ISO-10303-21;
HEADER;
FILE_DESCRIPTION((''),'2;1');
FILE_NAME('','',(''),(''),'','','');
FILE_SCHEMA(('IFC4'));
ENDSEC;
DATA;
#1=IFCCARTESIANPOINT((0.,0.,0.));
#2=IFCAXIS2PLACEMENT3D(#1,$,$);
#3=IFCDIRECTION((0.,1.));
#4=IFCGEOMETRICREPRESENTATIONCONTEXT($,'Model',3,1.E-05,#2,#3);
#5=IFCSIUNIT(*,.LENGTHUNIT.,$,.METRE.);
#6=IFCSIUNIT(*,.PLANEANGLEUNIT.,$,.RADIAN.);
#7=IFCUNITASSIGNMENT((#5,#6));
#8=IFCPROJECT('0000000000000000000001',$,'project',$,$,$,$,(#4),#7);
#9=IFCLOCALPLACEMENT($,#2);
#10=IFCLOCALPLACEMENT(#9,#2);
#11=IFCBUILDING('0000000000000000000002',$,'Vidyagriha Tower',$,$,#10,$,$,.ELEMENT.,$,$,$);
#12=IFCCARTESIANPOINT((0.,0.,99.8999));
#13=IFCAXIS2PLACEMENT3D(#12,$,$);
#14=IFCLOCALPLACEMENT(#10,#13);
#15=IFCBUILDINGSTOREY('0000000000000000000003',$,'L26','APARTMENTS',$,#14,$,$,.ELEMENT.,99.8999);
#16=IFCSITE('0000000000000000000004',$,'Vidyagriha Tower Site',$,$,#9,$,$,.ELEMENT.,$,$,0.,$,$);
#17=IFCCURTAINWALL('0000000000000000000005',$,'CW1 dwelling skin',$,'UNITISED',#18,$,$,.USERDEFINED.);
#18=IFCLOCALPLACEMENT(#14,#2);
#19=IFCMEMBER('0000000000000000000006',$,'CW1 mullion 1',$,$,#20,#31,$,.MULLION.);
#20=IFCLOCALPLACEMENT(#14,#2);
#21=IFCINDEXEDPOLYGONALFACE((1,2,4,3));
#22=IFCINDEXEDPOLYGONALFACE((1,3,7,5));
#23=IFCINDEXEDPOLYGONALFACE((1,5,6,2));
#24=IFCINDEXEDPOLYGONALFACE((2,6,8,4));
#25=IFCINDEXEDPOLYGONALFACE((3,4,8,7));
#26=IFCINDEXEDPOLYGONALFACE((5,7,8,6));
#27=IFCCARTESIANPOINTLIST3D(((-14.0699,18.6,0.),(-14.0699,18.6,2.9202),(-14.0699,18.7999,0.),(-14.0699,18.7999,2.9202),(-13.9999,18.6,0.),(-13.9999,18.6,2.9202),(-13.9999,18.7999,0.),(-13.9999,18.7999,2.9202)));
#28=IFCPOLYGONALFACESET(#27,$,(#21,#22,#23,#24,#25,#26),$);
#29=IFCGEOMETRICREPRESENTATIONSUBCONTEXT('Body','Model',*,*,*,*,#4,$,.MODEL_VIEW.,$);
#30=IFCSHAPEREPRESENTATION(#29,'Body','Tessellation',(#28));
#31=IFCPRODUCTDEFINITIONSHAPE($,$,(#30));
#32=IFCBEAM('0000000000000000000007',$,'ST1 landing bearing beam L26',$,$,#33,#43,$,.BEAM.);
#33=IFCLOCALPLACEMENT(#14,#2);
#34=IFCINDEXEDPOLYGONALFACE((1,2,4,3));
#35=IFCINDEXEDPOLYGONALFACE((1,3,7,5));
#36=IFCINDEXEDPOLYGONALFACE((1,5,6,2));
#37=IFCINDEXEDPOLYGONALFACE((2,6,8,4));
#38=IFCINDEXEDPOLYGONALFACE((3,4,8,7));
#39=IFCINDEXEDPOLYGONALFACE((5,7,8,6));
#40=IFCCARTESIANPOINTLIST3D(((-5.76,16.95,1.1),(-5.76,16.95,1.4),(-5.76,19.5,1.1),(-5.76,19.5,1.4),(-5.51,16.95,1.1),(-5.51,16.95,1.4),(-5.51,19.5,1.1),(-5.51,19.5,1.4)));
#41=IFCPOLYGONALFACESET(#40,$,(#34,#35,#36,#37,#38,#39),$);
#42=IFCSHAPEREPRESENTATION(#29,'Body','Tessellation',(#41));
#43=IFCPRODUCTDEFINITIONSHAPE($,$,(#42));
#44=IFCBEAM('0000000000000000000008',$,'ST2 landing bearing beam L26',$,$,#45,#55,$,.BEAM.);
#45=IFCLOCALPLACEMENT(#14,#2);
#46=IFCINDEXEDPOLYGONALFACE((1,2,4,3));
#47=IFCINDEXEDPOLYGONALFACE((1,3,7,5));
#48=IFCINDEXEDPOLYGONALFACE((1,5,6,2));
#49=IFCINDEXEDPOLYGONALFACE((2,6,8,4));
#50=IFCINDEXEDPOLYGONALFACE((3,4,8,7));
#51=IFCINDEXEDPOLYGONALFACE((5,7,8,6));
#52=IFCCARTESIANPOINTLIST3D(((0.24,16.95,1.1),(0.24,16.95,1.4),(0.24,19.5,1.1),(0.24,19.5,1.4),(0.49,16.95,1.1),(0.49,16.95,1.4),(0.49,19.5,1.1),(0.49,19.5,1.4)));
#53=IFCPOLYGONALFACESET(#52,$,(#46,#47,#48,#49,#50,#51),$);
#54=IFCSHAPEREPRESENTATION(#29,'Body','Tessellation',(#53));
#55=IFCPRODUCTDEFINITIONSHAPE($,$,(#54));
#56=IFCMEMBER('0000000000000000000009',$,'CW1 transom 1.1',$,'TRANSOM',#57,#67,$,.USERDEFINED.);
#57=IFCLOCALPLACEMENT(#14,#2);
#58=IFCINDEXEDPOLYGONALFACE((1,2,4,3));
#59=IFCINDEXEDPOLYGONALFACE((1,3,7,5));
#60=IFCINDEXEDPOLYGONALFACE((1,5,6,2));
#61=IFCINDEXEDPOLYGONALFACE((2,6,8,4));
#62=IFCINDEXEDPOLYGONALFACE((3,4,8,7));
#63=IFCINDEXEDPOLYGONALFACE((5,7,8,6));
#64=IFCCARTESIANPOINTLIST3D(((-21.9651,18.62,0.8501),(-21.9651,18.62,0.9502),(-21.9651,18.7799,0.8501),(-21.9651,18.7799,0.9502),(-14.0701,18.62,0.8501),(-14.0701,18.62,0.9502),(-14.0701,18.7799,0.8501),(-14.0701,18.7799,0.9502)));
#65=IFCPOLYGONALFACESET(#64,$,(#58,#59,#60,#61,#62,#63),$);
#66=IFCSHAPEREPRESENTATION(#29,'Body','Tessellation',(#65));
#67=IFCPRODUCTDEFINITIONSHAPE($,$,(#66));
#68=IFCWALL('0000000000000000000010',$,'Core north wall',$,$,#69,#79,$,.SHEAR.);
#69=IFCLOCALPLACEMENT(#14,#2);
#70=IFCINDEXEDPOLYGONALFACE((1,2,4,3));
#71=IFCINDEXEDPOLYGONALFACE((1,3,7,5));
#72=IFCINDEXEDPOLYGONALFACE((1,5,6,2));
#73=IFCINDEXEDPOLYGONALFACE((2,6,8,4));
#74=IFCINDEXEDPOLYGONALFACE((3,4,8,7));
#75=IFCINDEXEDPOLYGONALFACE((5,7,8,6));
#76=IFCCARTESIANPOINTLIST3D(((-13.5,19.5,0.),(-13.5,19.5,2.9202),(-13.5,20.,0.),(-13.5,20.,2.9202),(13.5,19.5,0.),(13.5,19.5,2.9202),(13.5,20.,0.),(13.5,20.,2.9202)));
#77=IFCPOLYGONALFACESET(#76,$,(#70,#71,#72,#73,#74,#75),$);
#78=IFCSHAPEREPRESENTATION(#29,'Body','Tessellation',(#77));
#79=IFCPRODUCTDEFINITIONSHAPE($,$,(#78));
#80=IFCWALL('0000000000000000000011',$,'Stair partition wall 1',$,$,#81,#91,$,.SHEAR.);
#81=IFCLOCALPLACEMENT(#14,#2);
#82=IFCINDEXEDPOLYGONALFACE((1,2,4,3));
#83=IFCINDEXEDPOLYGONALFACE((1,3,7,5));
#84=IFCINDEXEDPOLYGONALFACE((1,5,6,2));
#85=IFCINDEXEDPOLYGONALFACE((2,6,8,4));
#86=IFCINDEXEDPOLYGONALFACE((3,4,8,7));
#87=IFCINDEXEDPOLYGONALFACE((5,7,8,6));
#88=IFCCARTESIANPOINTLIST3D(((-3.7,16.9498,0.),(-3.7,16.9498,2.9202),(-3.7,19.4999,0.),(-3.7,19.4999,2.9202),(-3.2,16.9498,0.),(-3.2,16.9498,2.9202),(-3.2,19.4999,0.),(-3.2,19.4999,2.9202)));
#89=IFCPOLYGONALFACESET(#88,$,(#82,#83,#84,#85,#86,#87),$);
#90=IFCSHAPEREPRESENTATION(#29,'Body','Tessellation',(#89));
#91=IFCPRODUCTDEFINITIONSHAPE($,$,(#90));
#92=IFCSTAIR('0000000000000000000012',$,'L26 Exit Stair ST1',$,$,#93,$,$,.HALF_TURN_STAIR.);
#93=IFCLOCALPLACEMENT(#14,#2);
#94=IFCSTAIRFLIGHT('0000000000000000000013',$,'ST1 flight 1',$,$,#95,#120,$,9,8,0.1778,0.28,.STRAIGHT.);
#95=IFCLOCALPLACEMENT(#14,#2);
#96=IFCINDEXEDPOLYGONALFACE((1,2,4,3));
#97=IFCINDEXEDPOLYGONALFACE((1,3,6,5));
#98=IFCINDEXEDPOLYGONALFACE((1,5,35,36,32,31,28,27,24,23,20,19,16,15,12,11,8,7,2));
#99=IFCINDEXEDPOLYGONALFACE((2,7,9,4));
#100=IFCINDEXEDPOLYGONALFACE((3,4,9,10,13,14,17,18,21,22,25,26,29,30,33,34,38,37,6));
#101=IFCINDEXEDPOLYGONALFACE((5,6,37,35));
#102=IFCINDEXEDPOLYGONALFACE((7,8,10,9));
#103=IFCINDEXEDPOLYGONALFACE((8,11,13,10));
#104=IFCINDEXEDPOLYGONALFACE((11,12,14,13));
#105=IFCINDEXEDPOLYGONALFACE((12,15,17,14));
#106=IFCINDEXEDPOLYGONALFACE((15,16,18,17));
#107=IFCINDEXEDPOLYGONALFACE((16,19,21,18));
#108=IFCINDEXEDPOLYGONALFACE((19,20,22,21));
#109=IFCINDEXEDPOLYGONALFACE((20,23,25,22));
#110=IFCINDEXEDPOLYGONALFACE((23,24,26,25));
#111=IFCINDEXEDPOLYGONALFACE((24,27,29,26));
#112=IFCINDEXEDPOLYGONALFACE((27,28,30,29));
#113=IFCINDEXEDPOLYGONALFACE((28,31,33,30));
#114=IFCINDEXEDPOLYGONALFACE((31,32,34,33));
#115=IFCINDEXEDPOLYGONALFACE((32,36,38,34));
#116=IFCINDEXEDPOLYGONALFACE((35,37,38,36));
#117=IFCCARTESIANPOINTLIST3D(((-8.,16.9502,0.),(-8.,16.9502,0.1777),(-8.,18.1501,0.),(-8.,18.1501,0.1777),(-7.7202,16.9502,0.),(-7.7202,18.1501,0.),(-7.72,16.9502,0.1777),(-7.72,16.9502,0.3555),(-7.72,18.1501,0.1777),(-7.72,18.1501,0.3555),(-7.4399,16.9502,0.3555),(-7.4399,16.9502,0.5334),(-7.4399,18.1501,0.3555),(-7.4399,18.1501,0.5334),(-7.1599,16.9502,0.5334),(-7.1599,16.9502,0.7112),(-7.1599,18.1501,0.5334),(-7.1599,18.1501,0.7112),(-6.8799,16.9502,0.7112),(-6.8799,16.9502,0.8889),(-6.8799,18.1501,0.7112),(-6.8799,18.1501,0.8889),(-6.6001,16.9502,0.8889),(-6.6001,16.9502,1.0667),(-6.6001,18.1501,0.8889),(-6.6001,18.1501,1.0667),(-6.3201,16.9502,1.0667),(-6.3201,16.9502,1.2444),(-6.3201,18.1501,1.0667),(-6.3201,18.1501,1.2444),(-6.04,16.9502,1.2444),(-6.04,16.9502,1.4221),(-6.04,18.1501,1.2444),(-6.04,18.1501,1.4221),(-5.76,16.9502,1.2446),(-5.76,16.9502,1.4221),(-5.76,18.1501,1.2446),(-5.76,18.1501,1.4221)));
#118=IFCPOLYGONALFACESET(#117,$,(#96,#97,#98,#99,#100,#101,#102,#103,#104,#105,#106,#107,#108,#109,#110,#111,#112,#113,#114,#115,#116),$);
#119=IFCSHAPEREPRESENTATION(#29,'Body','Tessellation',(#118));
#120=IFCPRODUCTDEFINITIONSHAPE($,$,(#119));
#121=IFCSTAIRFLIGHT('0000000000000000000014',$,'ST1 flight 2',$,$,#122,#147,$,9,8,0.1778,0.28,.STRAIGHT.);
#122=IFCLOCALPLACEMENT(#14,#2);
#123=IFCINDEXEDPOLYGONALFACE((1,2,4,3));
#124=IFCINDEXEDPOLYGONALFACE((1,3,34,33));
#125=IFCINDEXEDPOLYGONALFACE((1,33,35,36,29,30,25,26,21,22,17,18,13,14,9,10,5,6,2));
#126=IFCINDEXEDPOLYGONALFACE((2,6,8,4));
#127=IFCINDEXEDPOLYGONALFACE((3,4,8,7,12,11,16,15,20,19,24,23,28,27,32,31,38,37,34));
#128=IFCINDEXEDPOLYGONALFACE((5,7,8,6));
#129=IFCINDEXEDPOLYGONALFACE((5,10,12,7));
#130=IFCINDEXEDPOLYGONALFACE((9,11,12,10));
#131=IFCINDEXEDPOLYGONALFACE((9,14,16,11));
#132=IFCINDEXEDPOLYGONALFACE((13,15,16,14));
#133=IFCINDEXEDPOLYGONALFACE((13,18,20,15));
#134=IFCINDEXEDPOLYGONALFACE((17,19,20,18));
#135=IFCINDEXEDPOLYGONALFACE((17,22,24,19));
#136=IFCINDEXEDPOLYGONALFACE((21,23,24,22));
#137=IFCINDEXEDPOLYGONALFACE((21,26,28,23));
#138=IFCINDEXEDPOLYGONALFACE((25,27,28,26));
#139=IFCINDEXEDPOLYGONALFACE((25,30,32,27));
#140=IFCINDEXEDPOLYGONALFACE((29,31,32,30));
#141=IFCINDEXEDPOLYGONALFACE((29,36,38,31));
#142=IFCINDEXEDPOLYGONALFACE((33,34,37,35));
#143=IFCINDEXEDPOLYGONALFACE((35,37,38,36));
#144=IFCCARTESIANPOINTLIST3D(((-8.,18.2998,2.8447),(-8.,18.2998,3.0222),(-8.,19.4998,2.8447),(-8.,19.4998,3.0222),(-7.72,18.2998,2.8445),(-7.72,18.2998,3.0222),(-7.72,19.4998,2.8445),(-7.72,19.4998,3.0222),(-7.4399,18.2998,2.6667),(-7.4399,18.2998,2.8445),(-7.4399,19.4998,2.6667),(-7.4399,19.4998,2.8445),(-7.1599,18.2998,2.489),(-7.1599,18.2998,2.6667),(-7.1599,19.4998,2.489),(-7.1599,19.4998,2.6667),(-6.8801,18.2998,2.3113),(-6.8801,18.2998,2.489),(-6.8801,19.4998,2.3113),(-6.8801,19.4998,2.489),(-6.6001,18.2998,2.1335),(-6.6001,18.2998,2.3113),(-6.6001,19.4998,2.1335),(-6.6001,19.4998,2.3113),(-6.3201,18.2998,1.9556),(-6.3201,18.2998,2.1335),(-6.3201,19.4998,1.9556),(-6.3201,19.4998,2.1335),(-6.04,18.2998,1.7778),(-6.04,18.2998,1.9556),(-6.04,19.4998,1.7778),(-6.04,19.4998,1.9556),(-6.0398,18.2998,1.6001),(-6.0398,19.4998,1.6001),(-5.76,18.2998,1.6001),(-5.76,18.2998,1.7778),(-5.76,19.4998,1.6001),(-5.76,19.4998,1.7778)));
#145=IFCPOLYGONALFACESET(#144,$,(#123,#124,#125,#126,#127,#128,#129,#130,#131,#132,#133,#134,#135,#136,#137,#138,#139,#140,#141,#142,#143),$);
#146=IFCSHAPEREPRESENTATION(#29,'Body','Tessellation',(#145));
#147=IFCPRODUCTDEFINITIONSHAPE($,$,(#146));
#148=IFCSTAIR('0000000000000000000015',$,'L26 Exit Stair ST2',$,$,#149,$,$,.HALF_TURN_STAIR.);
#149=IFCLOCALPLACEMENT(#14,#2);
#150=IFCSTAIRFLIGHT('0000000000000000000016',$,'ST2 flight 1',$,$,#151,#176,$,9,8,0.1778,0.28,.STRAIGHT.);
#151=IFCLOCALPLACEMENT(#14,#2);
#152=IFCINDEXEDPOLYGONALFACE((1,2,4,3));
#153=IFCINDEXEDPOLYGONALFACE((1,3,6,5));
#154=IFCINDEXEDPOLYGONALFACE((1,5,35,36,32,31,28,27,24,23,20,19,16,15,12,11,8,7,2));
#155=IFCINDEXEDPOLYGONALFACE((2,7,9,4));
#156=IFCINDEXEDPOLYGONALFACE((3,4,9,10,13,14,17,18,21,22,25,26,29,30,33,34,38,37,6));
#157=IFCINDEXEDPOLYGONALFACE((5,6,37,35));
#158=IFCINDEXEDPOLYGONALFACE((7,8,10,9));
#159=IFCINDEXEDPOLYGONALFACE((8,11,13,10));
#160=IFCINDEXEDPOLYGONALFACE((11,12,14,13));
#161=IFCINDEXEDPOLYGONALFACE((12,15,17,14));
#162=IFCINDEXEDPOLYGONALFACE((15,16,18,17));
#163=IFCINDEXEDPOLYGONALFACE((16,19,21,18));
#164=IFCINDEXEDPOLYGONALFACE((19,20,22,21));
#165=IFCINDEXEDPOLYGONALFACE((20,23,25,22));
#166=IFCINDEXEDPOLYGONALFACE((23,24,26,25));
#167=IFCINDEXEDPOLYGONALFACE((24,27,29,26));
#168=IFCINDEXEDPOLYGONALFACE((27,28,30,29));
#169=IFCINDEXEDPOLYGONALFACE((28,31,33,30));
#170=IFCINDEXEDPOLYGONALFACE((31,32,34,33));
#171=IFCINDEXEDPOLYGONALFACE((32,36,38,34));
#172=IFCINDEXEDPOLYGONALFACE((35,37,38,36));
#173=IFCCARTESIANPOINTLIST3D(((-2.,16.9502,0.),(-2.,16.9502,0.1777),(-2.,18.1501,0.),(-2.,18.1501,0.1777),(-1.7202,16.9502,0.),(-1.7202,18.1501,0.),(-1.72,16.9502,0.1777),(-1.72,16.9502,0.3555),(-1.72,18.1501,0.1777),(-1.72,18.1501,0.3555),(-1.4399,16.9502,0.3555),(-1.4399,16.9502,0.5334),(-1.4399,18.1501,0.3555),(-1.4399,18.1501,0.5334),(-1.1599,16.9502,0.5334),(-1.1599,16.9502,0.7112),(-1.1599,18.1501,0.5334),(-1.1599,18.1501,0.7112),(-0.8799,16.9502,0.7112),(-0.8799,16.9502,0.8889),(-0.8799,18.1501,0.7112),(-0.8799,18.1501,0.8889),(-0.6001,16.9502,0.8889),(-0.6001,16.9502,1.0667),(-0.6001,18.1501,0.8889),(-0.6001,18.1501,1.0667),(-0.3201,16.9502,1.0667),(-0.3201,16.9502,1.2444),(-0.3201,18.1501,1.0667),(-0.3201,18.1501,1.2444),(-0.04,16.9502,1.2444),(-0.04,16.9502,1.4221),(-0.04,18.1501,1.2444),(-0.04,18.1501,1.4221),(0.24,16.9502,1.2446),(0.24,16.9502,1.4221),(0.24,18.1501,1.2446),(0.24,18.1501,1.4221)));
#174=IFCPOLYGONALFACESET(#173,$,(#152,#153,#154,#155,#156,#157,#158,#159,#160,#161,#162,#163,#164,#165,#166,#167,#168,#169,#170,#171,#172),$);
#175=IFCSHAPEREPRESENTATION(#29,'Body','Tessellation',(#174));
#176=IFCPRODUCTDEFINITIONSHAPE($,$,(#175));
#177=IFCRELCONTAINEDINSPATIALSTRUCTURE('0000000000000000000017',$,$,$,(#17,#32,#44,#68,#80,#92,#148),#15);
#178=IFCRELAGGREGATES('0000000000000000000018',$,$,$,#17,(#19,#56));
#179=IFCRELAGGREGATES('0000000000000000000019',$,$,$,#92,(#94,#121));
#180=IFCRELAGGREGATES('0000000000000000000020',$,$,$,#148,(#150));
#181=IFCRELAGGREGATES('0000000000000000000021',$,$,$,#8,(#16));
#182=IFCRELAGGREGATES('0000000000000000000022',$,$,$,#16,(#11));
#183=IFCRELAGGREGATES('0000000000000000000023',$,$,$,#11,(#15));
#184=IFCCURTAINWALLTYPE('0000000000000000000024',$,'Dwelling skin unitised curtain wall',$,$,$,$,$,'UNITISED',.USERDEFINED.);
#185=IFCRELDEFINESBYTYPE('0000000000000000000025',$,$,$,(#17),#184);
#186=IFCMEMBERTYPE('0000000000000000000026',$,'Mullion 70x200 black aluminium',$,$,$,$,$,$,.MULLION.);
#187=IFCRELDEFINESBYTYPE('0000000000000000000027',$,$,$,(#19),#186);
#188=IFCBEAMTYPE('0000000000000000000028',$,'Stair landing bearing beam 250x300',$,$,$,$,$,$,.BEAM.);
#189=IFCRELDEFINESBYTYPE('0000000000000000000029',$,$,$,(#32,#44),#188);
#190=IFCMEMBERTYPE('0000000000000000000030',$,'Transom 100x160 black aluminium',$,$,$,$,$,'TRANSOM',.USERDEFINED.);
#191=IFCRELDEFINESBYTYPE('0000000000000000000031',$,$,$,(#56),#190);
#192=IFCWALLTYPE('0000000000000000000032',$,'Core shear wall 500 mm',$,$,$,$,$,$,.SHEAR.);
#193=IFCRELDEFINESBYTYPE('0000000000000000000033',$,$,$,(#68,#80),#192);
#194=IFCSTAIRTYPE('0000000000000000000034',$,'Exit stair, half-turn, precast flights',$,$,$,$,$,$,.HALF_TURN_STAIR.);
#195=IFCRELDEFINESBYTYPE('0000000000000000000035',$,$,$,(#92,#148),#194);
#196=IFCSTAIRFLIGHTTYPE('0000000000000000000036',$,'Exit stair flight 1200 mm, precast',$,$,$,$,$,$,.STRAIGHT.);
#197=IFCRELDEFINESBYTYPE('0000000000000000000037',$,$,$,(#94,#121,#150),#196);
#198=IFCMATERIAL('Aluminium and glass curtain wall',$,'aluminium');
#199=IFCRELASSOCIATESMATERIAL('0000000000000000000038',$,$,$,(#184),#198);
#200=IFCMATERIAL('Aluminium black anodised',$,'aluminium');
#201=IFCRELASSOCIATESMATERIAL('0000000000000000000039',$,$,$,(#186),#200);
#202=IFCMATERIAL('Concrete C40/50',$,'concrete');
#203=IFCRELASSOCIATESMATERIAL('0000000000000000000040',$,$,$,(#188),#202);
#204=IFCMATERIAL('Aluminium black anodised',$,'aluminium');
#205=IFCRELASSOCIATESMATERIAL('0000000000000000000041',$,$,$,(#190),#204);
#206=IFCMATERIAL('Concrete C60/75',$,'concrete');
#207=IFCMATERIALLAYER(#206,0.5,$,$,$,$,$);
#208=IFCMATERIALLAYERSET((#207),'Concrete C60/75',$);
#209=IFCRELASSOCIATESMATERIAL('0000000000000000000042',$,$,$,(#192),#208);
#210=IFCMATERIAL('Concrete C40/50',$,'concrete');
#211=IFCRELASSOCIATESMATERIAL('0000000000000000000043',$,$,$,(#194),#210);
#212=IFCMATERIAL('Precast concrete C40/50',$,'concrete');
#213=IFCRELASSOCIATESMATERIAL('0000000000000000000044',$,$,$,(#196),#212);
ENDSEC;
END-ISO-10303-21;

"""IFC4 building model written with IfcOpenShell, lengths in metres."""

from ifc_helpers import new_model, si_unit, direction, frame, frame_2d, origin, origin_2d, place, context, subcontext, project, spatial, polyline, rectangle, outline, extrude, material, layer, layer_set, material_profile, profile_set, type_object, element, aggregate, save


model = new_model("IFC4")

# Units and contexts
model_context = context("Model", 3, precision=1e-05, world=origin(), true_north=direction((0.0, 1.0)))
body_context = subcontext(model_context, "Body", "Model", "MODEL_VIEW")
ifc_project = project(units=[si_unit("LENGTHUNIT", "METRE"), si_unit("PLANEANGLEUNIT", "RADIAN")], contexts=[model_context])

# Site, building, storey
site_placement = place(None, origin())
site = spatial("IfcSite", under=ifc_project, at=site_placement, Name="Vidyagriha Tower Site", CompositionType="ELEMENT", RefElevation=0.0)
building_placement = place(site_placement, origin())
building = spatial("IfcBuilding", under=site, at=building_placement, Name="Vidyagriha Tower", CompositionType="ELEMENT")
storey_placement = place(building_placement, frame((0.0, 0.0, 99.8999)))
storey = spatial("IfcBuildingStorey", under=building, at=storey_placement, Name="L26", Description="APARTMENTS", CompositionType="ELEMENT", Elevation=99.8999)

# Curtain wall, member
ifc_material_1 = material(Name="Aluminium and glass curtain wall", Category="aluminium")
curtain_wall_type = type_object("IfcCurtainWallType", Name="Dwelling skin unitised curtain wall", ElementType="UNITISED", PredefinedType="USERDEFINED", material=ifc_material_1)
curtain_wall_placement = place(storey_placement, origin())
curtain_wall = element("IfcCurtainWall", 1, at=curtain_wall_placement, inside=storey, type_object=curtain_wall_type, Name="CW1 dwelling skin", ObjectType="UNITISED", PredefinedType="USERDEFINED")
ifc_material_2 = material(Name="Aluminium black anodised", Category="aluminium")
ifc_material_profile_1 = material_profile(ifc_material_2, rectangle(XDim=0.2, YDim=0.0701, at=origin_2d()), Name="Mullion 70x200 black aluminium")
ifc_profile_set_1 = profile_set([ifc_material_profile_1], Name="Aluminium black anodised")
member_type_1 = type_object("IfcMemberType", Name="Mullion 70x200 black aluminium", PredefinedType="MULLION", material=ifc_profile_set_1)
member_1_placement = place(storey_placement, frame((-14.0349, 18.7, 0.0), z_axis=(0.0, 0.0, 1.0), x_axis=(0.0, -1.0, 0.0)))
member_1 = element("IfcMember", 2, at=member_1_placement, type_object=member_type_1, Name="CW1 mullion 1", PredefinedType="MULLION", context=body_context, shape_type="SweptSolid", body=[
    extrude(rectangle(XDim=0.2, YDim=0.0701, at=origin_2d()), origin(), (0.0, 0.0, 1.0), 2.9202),
])

# Beams
ifc_material_3 = material(Name="Concrete C40/50", Category="concrete")
ifc_material_profile_2 = material_profile(ifc_material_3, rectangle(XDim=0.25, YDim=0.3, at=origin_2d()), Name="Stair landing bearing beam 250x300")
ifc_profile_set_2 = profile_set([ifc_material_profile_2], Name="Concrete C40/50")
beam_type = type_object("IfcBeamType", Name="Stair landing bearing beam 250x300", PredefinedType="BEAM", material=ifc_profile_set_2)
for number, where, z_axis, x_axis, name in (
    (3, (-5.635, 16.95, 1.25), (0.0, 1.0, 0.0), (-1.0, 0.0, 0.0), "ST1 landing bearing beam L26"),
    (4, (0.365, 16.95, 1.25), (0.0, 1.0, 0.0), (-1.0, 0.0, 0.0), "ST2 landing bearing beam L26"),
):
    element("IfcBeam", number, at=place(storey_placement, frame(where, z_axis=z_axis, x_axis=x_axis)), inside=storey, type_object=beam_type, Name=name, PredefinedType="BEAM", context=body_context, shape_type="SweptSolid", body=[
        extrude(rectangle(XDim=0.25, YDim=0.3, at=origin_2d()), origin(), (0.0, 0.0, 1.0), 2.55),
    ])

# Member
ifc_material_4 = material(Name="Aluminium black anodised", Category="aluminium")
ifc_material_profile_3 = material_profile(ifc_material_4, rectangle(XDim=0.1599, YDim=0.1001, at=origin_2d()), Name="Transom 100x160 black aluminium")
ifc_profile_set_3 = profile_set([ifc_material_profile_3], Name="Aluminium black anodised")
member_type_2 = type_object("IfcMemberType", Name="Transom 100x160 black aluminium", ElementType="TRANSOM", PredefinedType="USERDEFINED", material=ifc_profile_set_3)
member_2_placement = place(storey_placement, frame((-14.0701, 18.7, 0.9001), z_axis=(-1.0, 0.0, 0.0), x_axis=(0.0, -1.0, 0.0)))
member_2 = element("IfcMember", 5, at=member_2_placement, type_object=member_type_2, Name="CW1 transom 1.1", ObjectType="TRANSOM", PredefinedType="USERDEFINED", context=body_context, shape_type="SweptSolid", body=[
    extrude(rectangle(XDim=0.1599, YDim=0.1001, at=origin_2d()), origin(), (0.0, 0.0, 1.0), 7.895),
])
aggregate(curtain_wall, [member_1, member_2])

# Walls
ifc_material_5 = material(Name="Concrete C60/75", Category="concrete")
ifc_layer_1 = layer(ifc_material_5, 0.5)
ifc_layer_set_1 = layer_set([ifc_layer_1], Name="Concrete C60/75")
wall_type = type_object("IfcWallType", Name="Core shear wall 500 mm", PredefinedType="SHEAR", material=ifc_layer_set_1)
wall_1_placement = place(storey_placement, frame((-13.5, 19.75, 0.0)))
element("IfcWall", 6, at=wall_1_placement, inside=storey, type_object=wall_type, Name="Core north wall", PredefinedType="SHEAR", context=body_context, shape_type="SweptSolid", body=[
    extrude(rectangle(XDim=27.0, YDim=0.5, at=frame_2d((13.5, 0.0))), origin(), (0.0, 0.0, 1.0), 2.9202),
])
wall_2_placement = place(storey_placement, frame((-3.45, 16.95, 0.0), z_axis=(0.0, 0.0, 1.0), x_axis=(0.0, 1.0, 0.0)))
element("IfcWall", 7, at=wall_2_placement, inside=storey, type_object=wall_type, Name="Stair partition wall 1", PredefinedType="SHEAR", context=body_context, shape_type="SweptSolid", body=[
    extrude(rectangle(XDim=2.55, YDim=0.5, at=frame_2d((1.2749, 0.0))), origin(), (0.0, 0.0, 1.0), 2.9202),
])

# Stairs, stair flights
ifc_material_6 = material(Name="Concrete C40/50", Category="concrete")
stair_type = type_object("IfcStairType", Name="Exit stair, half-turn, precast flights", PredefinedType="HALF_TURN_STAIR", material=ifc_material_6)
stair_1_placement = place(storey_placement, origin())
stair_1 = element("IfcStair", 8, at=stair_1_placement, inside=storey, type_object=stair_type, Name="L26 Exit Stair ST1", PredefinedType="HALF_TURN_STAIR")
ifc_material_7 = material(Name="Precast concrete C40/50", Category="concrete")
stair_flight_type = type_object("IfcStairFlightType", Name="Exit stair flight 1200 mm, precast", PredefinedType="STRAIGHT", material=ifc_material_7)
stair_flight_1_placement = place(storey_placement, frame((-8.0, 17.55, 0.0)))
stair_flight_1 = element("IfcStairFlight", 9, at=stair_flight_1_placement, type_object=stair_flight_type, Name="ST1 flight 1", NumberOfRisers=9, NumberOfTreads=8, PredefinedType="STRAIGHT", RiserHeight=0.1778, TreadLength=0.28, context=body_context, shape_type="SweptSolid", body=[
    extrude(outline(polyline([(0.0, 0.0), (0.0, 0.1777), (0.28, 0.1777), (0.28, 0.3555), (0.5601, 0.3555), (0.5601, 0.5334), (0.8401, 0.5334), (0.8401, 0.7112), (1.1201, 0.7112), (1.1201, 0.8889), (1.3999, 0.8889), (1.3999, 1.0667), (1.6799, 1.0667), (1.6799, 1.2444), (1.96, 1.2444), (1.96, 1.4221), (2.24, 1.4221), (2.24, 1.6001), (2.24, 1.2446), (0.2798, 0.0), (0.0, 0.0)])), frame((0.0, 0.6001, 0.0), z_axis=(0.0, -1.0, 0.0), x_axis=(1.0, 0.0, 0.0)), (0.0, 0.0, 1.0), 1.2),
])
stair_flight_2_placement = place(storey_placement, frame((-5.76, 18.8999, 1.6001), z_axis=(0.0, 0.0, 1.0), x_axis=(-1.0, 0.0, 0.0)))
stair_flight_2 = element("IfcStairFlight", 10, at=stair_flight_2_placement, type_object=stair_flight_type, Name="ST1 flight 2", NumberOfRisers=9, NumberOfTreads=8, PredefinedType="STRAIGHT", RiserHeight=0.1778, TreadLength=0.28, context=body_context, shape_type="SweptSolid", body=[
    extrude(outline(polyline([(0.0, 0.0), (0.0, 0.1777), (0.28, 0.1777), (0.28, 0.3555), (0.5601, 0.3555), (0.5601, 0.5334), (0.8401, 0.5334), (0.8401, 0.7112), (1.1201, 0.7112), (1.1201, 0.8889), (1.3999, 0.8889), (1.3999, 1.0667), (1.6799, 1.0667), (1.6799, 1.2444), (1.96, 1.2444), (1.96, 1.4221), (2.24, 1.4221), (2.24, 1.6001), (2.24, 1.2446), (0.2798, 0.0), (0.0, 0.0)])), frame((0.0, 0.6001, 0.0), z_axis=(0.0, -1.0, 0.0), x_axis=(1.0, 0.0, 0.0)), (0.0, 0.0, 1.0), 1.2),
])
aggregate(stair_1, [stair_flight_1, stair_flight_2])
stair_2_placement = place(storey_placement, origin())
stair_2 = element("IfcStair", 11, at=stair_2_placement, inside=storey, type_object=stair_type, Name="L26 Exit Stair ST2", PredefinedType="HALF_TURN_STAIR")
stair_flight_3_placement = place(storey_placement, frame((-2.0, 17.55, 0.0)))
stair_flight_3 = element("IfcStairFlight", 12, at=stair_flight_3_placement, type_object=stair_flight_type, Name="ST2 flight 1", NumberOfRisers=9, NumberOfTreads=8, PredefinedType="STRAIGHT", RiserHeight=0.1778, TreadLength=0.28, context=body_context, shape_type="SweptSolid", body=[
    extrude(outline(polyline([(0.0, 0.0), (0.0, 0.1777), (0.28, 0.1777), (0.28, 0.3555), (0.5601, 0.3555), (0.5601, 0.5334), (0.8401, 0.5334), (0.8401, 0.7112), (1.1201, 0.7112), (1.1201, 0.8889), (1.3999, 0.8889), (1.3999, 1.0667), (1.6799, 1.0667), (1.6799, 1.2444), (1.96, 1.2444), (1.96, 1.4221), (2.24, 1.4221), (2.24, 1.6001), (2.24, 1.2446), (0.2798, 0.0), (0.0, 0.0)])), frame((0.0, 0.6001, 0.0), z_axis=(0.0, -1.0, 0.0), x_axis=(1.0, 0.0, 0.0)), (0.0, 0.0, 1.0), 1.2),
])
aggregate(stair_2, [stair_flight_3])

save(model, "model.ifc")
